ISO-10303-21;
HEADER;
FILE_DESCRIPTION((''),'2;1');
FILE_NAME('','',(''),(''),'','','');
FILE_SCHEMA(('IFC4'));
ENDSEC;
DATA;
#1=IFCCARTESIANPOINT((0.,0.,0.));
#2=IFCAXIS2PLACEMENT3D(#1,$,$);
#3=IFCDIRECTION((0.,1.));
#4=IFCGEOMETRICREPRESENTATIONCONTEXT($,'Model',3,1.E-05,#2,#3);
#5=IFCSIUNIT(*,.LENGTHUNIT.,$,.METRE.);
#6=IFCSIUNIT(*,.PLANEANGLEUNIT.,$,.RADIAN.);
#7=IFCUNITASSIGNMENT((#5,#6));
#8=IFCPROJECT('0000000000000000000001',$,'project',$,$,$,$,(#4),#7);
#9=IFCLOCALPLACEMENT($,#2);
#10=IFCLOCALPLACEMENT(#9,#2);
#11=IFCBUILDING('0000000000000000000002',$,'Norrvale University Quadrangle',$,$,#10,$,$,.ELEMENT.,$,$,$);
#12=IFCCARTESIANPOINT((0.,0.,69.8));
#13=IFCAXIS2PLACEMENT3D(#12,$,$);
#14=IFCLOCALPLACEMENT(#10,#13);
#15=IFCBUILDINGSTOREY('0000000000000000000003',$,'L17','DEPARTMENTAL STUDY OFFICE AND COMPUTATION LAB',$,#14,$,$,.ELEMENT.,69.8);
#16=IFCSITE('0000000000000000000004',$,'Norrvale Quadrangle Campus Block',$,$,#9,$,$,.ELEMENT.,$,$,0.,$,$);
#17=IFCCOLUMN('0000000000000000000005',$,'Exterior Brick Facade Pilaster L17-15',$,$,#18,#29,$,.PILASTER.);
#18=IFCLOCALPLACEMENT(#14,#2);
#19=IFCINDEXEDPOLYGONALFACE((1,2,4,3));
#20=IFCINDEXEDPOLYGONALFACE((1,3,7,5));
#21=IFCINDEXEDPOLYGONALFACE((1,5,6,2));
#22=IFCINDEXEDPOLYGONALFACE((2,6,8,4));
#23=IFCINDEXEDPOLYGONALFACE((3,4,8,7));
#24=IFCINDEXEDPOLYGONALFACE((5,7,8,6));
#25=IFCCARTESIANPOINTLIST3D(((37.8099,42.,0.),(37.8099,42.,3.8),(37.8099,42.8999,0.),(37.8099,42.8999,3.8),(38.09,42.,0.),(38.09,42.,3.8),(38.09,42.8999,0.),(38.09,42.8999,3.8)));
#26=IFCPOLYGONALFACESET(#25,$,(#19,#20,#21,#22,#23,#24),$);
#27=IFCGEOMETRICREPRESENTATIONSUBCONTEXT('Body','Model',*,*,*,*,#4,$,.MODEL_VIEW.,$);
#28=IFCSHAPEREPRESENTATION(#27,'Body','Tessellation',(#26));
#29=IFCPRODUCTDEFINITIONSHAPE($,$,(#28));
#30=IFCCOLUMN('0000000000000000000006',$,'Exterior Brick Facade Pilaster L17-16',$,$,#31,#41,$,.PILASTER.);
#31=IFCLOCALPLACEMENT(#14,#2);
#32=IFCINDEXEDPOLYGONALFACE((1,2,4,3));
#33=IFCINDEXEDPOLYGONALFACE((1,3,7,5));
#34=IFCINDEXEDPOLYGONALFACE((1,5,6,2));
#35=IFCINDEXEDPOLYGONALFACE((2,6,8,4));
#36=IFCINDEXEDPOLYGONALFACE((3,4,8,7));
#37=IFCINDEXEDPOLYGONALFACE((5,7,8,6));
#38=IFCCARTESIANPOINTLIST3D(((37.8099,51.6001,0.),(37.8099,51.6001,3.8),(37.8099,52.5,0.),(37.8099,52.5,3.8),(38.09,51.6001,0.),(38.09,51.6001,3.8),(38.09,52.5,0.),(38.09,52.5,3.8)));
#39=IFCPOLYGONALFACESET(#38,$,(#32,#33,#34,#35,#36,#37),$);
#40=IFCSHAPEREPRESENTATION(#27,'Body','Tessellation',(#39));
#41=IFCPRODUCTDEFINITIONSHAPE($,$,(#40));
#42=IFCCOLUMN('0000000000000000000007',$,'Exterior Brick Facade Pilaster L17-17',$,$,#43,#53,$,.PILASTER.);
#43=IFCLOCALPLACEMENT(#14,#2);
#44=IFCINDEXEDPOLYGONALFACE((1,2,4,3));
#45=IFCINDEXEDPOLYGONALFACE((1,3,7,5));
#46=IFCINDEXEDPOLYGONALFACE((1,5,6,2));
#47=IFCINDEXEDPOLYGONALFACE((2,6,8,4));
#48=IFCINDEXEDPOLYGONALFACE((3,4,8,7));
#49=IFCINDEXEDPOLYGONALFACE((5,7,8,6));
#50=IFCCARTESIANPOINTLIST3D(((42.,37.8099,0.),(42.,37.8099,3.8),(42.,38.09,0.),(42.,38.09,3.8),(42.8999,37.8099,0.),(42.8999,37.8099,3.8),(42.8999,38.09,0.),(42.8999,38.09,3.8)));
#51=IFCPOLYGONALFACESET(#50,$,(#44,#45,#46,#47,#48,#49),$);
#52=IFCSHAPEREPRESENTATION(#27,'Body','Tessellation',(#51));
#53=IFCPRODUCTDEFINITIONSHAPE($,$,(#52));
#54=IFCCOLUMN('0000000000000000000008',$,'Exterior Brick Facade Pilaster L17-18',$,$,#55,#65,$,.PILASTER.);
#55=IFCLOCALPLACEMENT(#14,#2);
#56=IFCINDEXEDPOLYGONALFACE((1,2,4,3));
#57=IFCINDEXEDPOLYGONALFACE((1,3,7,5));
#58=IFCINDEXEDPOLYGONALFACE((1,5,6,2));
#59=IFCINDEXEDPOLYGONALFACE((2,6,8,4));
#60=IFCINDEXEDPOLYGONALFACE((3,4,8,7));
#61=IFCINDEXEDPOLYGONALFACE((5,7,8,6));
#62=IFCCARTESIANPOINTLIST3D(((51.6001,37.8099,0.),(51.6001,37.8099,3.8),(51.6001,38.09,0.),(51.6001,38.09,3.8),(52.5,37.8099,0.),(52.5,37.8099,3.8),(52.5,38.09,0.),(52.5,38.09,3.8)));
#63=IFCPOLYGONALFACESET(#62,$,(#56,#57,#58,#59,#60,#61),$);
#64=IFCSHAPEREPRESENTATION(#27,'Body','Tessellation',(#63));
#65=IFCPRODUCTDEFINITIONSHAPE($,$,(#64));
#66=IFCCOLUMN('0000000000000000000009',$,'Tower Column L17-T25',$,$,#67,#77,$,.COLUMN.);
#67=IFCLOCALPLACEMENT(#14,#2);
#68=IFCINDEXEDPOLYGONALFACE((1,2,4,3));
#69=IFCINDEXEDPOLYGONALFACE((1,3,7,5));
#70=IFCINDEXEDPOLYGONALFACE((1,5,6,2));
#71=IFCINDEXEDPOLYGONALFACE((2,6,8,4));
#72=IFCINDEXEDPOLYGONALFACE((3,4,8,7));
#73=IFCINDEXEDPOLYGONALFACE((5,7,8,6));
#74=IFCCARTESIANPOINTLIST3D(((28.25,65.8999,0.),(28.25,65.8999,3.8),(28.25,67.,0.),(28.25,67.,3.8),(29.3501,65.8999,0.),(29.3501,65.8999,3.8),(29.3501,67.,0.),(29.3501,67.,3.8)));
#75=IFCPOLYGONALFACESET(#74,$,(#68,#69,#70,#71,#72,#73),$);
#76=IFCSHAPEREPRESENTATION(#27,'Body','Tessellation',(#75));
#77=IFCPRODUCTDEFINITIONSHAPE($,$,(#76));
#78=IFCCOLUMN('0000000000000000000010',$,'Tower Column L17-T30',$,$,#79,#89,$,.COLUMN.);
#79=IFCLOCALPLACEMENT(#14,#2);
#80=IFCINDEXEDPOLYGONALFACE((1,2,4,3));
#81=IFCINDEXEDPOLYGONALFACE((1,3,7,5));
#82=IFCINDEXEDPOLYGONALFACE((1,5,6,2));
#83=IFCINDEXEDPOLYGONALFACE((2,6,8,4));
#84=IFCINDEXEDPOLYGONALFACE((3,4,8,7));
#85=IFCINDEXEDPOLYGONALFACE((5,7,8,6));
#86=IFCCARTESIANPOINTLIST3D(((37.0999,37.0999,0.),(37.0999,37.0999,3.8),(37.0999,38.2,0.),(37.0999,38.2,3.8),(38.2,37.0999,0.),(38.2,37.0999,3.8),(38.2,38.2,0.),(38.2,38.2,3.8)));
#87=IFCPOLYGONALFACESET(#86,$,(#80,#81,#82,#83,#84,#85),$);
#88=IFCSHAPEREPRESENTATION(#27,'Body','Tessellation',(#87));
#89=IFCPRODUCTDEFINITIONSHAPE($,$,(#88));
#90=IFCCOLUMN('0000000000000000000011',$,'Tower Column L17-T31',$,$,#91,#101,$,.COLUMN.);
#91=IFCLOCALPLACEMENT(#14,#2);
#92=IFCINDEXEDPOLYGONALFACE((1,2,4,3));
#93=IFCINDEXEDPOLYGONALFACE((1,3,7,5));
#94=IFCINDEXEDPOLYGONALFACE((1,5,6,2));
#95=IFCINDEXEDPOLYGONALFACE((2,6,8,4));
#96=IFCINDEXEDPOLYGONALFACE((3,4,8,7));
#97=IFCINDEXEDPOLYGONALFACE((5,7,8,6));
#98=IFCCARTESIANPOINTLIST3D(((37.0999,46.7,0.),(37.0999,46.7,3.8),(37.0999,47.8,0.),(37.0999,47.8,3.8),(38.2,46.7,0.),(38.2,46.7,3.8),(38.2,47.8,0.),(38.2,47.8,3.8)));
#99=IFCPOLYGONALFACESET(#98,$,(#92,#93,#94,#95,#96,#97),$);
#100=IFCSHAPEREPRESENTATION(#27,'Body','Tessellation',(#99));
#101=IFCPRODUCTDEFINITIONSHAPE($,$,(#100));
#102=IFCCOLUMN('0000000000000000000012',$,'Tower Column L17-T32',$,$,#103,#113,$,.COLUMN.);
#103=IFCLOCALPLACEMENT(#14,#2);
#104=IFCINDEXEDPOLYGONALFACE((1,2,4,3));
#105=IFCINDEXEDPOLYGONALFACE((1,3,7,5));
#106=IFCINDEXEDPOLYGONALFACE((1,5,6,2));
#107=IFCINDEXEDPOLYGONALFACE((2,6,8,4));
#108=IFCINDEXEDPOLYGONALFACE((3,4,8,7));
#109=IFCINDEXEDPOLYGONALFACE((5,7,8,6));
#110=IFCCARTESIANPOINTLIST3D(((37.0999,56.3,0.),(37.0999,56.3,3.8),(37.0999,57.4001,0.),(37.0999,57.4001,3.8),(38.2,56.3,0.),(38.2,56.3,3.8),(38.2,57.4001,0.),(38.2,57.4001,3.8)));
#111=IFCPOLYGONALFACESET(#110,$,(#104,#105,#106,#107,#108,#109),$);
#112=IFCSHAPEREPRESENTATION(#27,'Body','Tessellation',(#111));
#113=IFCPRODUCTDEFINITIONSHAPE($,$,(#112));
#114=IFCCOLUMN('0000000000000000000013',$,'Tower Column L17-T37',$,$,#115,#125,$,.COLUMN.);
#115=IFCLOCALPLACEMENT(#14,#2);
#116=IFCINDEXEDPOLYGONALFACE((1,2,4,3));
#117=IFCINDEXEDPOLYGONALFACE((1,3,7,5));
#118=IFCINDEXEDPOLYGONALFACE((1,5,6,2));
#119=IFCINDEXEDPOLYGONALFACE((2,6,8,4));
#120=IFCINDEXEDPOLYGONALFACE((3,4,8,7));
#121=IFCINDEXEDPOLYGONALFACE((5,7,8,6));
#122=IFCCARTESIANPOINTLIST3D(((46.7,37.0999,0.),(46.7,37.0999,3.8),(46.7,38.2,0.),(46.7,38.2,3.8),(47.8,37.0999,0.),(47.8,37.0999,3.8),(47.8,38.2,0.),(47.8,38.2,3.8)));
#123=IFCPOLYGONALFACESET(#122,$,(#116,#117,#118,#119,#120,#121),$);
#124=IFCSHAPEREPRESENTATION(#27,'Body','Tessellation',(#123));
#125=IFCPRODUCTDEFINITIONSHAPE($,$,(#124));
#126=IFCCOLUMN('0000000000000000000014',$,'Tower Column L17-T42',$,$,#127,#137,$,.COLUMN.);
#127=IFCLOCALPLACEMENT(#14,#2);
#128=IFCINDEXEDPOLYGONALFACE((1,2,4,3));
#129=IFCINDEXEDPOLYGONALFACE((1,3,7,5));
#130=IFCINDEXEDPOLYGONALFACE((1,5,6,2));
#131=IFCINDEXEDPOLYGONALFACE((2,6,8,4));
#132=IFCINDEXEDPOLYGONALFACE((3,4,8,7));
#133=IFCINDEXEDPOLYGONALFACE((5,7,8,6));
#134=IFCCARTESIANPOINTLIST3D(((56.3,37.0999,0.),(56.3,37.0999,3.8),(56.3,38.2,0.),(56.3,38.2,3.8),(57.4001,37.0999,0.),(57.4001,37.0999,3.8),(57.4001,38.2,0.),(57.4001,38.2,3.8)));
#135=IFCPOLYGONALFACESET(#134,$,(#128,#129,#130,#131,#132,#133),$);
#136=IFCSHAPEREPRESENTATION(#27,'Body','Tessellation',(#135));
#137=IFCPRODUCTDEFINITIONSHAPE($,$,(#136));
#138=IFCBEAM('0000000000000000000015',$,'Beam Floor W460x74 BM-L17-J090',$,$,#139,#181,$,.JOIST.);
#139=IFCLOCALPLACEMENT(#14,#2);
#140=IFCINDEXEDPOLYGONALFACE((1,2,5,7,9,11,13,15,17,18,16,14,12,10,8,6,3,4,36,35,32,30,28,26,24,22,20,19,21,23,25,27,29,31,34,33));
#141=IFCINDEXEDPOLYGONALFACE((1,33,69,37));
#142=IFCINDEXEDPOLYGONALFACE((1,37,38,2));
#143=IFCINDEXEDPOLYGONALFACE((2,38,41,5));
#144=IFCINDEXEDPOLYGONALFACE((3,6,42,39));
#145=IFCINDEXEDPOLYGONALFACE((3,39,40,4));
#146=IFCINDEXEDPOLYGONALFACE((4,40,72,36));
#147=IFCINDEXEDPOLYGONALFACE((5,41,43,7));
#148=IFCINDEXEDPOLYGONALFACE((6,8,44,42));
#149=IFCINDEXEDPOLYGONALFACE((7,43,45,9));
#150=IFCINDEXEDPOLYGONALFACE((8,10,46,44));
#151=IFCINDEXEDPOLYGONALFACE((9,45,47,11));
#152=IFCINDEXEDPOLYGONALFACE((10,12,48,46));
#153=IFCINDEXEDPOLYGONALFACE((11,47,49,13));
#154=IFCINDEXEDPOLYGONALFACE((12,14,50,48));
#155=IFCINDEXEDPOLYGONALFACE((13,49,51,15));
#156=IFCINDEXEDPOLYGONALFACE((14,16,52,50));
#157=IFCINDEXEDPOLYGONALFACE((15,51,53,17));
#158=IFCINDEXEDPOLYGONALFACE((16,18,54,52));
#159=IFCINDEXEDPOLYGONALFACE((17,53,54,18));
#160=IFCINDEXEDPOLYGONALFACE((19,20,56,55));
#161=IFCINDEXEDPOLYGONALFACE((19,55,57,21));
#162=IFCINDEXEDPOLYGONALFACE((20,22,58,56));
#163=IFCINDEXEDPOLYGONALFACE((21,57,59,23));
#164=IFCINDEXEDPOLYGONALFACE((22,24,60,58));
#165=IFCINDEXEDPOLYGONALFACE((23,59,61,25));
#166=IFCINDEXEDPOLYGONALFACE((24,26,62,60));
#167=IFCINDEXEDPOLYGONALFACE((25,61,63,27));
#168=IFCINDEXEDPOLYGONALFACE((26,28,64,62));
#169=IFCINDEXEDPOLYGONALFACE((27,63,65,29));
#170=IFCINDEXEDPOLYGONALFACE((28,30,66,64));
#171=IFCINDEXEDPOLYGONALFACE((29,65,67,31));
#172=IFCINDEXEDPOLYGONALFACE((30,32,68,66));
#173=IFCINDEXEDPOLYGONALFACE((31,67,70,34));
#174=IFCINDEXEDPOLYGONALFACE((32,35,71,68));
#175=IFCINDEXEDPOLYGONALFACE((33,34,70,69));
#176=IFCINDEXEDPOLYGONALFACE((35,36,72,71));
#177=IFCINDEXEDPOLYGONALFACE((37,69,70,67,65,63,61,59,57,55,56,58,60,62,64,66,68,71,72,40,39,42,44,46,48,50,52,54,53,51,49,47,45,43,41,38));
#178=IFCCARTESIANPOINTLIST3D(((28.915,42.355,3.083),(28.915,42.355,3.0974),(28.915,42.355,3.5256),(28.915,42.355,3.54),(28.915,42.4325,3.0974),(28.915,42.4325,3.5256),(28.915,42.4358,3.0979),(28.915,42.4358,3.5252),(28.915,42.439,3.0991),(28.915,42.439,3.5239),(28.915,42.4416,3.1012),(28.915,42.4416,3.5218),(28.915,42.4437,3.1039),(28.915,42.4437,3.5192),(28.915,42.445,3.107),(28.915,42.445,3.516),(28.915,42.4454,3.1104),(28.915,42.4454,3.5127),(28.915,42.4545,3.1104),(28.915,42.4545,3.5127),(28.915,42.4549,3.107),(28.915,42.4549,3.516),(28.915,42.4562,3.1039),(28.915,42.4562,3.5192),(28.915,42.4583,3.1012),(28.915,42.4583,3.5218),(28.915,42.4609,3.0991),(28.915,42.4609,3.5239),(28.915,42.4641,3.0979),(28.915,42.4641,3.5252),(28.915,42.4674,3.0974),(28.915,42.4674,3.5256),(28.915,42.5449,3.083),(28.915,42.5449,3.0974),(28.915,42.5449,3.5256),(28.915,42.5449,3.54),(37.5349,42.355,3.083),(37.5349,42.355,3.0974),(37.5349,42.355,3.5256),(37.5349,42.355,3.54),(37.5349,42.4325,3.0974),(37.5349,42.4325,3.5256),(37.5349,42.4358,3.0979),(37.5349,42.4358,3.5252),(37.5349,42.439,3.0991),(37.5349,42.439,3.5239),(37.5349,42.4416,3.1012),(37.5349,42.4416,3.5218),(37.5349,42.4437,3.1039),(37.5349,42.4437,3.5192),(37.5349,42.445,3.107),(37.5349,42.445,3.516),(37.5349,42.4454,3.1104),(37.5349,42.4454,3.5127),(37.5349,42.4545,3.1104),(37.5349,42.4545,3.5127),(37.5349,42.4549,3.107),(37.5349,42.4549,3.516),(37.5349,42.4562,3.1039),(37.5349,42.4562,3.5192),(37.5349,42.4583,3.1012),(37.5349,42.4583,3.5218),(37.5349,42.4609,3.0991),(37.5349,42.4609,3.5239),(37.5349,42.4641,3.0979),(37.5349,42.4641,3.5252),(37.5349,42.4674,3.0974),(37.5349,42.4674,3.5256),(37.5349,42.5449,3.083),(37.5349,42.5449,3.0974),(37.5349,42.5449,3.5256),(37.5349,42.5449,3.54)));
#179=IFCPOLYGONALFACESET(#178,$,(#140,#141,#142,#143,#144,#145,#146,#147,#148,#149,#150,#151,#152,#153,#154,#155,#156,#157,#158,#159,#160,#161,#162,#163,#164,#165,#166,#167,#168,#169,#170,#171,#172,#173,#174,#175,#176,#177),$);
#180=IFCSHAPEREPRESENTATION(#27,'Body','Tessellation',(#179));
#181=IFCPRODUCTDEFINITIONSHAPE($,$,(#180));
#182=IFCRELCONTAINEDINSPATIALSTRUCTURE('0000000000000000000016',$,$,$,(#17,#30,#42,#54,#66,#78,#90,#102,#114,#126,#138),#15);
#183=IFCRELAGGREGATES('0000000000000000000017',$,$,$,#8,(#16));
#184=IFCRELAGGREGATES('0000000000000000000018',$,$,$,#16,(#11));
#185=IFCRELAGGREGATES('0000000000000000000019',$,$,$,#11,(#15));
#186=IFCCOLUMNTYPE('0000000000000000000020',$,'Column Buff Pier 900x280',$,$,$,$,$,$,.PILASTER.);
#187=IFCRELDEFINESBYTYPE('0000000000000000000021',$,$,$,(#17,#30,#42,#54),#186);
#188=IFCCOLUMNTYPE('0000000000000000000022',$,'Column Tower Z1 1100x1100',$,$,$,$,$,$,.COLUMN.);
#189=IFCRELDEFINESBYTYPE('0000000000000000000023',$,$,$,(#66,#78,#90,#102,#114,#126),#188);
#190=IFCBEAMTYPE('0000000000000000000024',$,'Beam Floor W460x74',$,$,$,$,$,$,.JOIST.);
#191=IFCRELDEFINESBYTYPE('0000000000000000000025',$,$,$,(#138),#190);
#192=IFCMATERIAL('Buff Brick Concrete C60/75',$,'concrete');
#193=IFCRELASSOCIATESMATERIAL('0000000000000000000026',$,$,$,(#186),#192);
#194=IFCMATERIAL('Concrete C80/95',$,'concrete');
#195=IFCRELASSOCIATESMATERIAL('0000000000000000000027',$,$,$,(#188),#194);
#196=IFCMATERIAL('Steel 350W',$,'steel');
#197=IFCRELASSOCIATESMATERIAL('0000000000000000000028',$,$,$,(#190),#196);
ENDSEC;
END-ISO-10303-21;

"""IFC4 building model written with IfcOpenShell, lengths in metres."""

from ifc_helpers import new_model, si_unit, direction, frame, origin, origin_2d, place, context, subcontext, project, spatial, rectangle, i_section, extrude, material, material_profile, profile_set, type_object, element, save


model = new_model("IFC4")

# Units and contexts
model_context = context("Model", 3, precision=1e-05, world=origin(), true_north=direction((0.0, 1.0)))
body_context = subcontext(model_context, "Body", "Model", "MODEL_VIEW")
ifc_project = project(units=[si_unit("LENGTHUNIT", "METRE"), si_unit("PLANEANGLEUNIT", "RADIAN")], contexts=[model_context])

# Site, building, storey
site_placement = place(None, origin())
site = spatial("IfcSite", under=ifc_project, at=site_placement, Name="Norrvale Quadrangle Campus Block", CompositionType="ELEMENT", RefElevation=0.0)
building_placement = place(site_placement, origin())
building = spatial("IfcBuilding", under=site, at=building_placement, Name="Norrvale University Quadrangle", CompositionType="ELEMENT")
storey_placement = place(building_placement, frame((0.0, 0.0, 69.8)))
storey = spatial("IfcBuildingStorey", under=building, at=storey_placement, Name="L17", Description="DEPARTMENTAL STUDY OFFICE AND COMPUTATION LAB", CompositionType="ELEMENT", Elevation=69.8)

# Columns
ifc_material_1 = material(Name="Buff Brick Concrete C60/75", Category="concrete")
ifc_material_profile_1 = material_profile(ifc_material_1, rectangle(XDim=0.8999, YDim=0.28, at=origin_2d()), Name="Buff Brick Concrete C60/75")
ifc_profile_set_1 = profile_set([ifc_material_profile_1], Name="Buff Brick Concrete C60/75")
column_type_1 = type_object("IfcColumnType", Name="Column Buff Pier 900x280", PredefinedType="PILASTER", material=ifc_profile_set_1)
for number, where, z_axis, x_axis, name in (
    (1, (37.95, 42.45, 0.0), (0.0, 0.0, 1.0), (0.0, 1.0, 0.0), "Exterior Brick Facade Pilaster L17-15"),
    (2, (37.95, 52.05, 0.0), (0.0, 0.0, 1.0), (0.0, 1.0, 0.0), "Exterior Brick Facade Pilaster L17-16"),
    (3, (42.45, 37.95, 0.0), (0.0, 0.0, 1.0), (1.0, 0.0, 0.0), "Exterior Brick Facade Pilaster L17-17"),
    (4, (52.05, 37.95, 0.0), (0.0, 0.0, 1.0), (1.0, 0.0, 0.0), "Exterior Brick Facade Pilaster L17-18"),
):
    element("IfcColumn", number, at=place(storey_placement, frame(where, z_axis=z_axis, x_axis=x_axis)), inside=storey, type_object=column_type_1, Name=name, PredefinedType="PILASTER", context=body_context, shape_type="SweptSolid", body=[
        extrude(rectangle(XDim=0.8999, YDim=0.28, at=origin_2d()), origin(), (0.0, 0.0, 1.0), 3.8),
    ])
ifc_material_2 = material(Name="Concrete C80/95", Category="concrete")
ifc_material_profile_2 = material_profile(ifc_material_2, rectangle(XDim=1.1001, YDim=1.1001, at=origin_2d()), Name="Concrete C80/95")
ifc_profile_set_2 = profile_set([ifc_material_profile_2], Name="Concrete C80/95")
column_type_2 = type_object("IfcColumnType", Name="Column Tower Z1 1100x1100", PredefinedType="COLUMN", material=ifc_profile_set_2)
for number, where, z_axis, x_axis, name in (
    (5, (28.8, 66.45, 0.0), (0.0, 0.0, 1.0), (1.0, 0.0, 0.0), "Tower Column L17-T25"),
    (6, (37.6499, 37.6499, 0.0), (0.0, 0.0, 1.0), (1.0, 0.0, 0.0), "Tower Column L17-T30"),
    (7, (37.6499, 47.25, 0.0), (0.0, 0.0, 1.0), (1.0, 0.0, 0.0), "Tower Column L17-T31"),
    (8, (37.6499, 56.8501, 0.0), (0.0, 0.0, 1.0), (1.0, 0.0, 0.0), "Tower Column L17-T32"),
    (9, (47.25, 37.6499, 0.0), (0.0, 0.0, 1.0), (1.0, 0.0, 0.0), "Tower Column L17-T37"),
    (10, (56.8501, 37.6499, 0.0), (0.0, 0.0, 1.0), (1.0, 0.0, 0.0), "Tower Column L17-T42"),
):
    element("IfcColumn", number, at=place(storey_placement, frame(where, z_axis=z_axis, x_axis=x_axis)), inside=storey, type_object=column_type_2, Name=name, PredefinedType="COLUMN", context=body_context, shape_type="SweptSolid", body=[
        extrude(rectangle(XDim=1.1001, YDim=1.1001, at=origin_2d()), origin(), (0.0, 0.0, 1.0), 3.8),
    ])

# Beam
ifc_material_3 = material(Name="Steel 350W", Category="steel")
ifc_material_profile_3 = material_profile(ifc_material_3, i_section(OverallWidth=0.1899, OverallDepth=0.457, WebThickness=0.009, FlangeThickness=0.0144, FilletRadius=0.0129, at=origin_2d()), Name="Steel 350W")
ifc_profile_set_3 = profile_set([ifc_material_profile_3], Name="Steel 350W")
beam_type_1 = type_object("IfcBeamType", Name="Beam Floor W460x74", PredefinedType="JOIST", material=ifc_profile_set_3)
for number, where, z_axis, x_axis, name in (
    (11, (28.915, 42.45, 3.3115), (1.0, 0.0, 0.0), (0.0, 1.0, 0.0), "Beam Floor W460x74 BM-L17-J090"),
):
    element("IfcBeam", number, at=place(storey_placement, frame(where, z_axis=z_axis, x_axis=x_axis)), inside=storey, type_object=beam_type_1, Name=name, PredefinedType="JOIST", context=body_context, shape_type="SweptSolid", body=[
        extrude(i_section(OverallWidth=0.1899, OverallDepth=0.457, WebThickness=0.009, FlangeThickness=0.0144, FilletRadius=0.0129, at=origin_2d()), origin(), (0.0, 0.0, 1.0), 8.6199),
    ])

save(model, "model.ifc")
